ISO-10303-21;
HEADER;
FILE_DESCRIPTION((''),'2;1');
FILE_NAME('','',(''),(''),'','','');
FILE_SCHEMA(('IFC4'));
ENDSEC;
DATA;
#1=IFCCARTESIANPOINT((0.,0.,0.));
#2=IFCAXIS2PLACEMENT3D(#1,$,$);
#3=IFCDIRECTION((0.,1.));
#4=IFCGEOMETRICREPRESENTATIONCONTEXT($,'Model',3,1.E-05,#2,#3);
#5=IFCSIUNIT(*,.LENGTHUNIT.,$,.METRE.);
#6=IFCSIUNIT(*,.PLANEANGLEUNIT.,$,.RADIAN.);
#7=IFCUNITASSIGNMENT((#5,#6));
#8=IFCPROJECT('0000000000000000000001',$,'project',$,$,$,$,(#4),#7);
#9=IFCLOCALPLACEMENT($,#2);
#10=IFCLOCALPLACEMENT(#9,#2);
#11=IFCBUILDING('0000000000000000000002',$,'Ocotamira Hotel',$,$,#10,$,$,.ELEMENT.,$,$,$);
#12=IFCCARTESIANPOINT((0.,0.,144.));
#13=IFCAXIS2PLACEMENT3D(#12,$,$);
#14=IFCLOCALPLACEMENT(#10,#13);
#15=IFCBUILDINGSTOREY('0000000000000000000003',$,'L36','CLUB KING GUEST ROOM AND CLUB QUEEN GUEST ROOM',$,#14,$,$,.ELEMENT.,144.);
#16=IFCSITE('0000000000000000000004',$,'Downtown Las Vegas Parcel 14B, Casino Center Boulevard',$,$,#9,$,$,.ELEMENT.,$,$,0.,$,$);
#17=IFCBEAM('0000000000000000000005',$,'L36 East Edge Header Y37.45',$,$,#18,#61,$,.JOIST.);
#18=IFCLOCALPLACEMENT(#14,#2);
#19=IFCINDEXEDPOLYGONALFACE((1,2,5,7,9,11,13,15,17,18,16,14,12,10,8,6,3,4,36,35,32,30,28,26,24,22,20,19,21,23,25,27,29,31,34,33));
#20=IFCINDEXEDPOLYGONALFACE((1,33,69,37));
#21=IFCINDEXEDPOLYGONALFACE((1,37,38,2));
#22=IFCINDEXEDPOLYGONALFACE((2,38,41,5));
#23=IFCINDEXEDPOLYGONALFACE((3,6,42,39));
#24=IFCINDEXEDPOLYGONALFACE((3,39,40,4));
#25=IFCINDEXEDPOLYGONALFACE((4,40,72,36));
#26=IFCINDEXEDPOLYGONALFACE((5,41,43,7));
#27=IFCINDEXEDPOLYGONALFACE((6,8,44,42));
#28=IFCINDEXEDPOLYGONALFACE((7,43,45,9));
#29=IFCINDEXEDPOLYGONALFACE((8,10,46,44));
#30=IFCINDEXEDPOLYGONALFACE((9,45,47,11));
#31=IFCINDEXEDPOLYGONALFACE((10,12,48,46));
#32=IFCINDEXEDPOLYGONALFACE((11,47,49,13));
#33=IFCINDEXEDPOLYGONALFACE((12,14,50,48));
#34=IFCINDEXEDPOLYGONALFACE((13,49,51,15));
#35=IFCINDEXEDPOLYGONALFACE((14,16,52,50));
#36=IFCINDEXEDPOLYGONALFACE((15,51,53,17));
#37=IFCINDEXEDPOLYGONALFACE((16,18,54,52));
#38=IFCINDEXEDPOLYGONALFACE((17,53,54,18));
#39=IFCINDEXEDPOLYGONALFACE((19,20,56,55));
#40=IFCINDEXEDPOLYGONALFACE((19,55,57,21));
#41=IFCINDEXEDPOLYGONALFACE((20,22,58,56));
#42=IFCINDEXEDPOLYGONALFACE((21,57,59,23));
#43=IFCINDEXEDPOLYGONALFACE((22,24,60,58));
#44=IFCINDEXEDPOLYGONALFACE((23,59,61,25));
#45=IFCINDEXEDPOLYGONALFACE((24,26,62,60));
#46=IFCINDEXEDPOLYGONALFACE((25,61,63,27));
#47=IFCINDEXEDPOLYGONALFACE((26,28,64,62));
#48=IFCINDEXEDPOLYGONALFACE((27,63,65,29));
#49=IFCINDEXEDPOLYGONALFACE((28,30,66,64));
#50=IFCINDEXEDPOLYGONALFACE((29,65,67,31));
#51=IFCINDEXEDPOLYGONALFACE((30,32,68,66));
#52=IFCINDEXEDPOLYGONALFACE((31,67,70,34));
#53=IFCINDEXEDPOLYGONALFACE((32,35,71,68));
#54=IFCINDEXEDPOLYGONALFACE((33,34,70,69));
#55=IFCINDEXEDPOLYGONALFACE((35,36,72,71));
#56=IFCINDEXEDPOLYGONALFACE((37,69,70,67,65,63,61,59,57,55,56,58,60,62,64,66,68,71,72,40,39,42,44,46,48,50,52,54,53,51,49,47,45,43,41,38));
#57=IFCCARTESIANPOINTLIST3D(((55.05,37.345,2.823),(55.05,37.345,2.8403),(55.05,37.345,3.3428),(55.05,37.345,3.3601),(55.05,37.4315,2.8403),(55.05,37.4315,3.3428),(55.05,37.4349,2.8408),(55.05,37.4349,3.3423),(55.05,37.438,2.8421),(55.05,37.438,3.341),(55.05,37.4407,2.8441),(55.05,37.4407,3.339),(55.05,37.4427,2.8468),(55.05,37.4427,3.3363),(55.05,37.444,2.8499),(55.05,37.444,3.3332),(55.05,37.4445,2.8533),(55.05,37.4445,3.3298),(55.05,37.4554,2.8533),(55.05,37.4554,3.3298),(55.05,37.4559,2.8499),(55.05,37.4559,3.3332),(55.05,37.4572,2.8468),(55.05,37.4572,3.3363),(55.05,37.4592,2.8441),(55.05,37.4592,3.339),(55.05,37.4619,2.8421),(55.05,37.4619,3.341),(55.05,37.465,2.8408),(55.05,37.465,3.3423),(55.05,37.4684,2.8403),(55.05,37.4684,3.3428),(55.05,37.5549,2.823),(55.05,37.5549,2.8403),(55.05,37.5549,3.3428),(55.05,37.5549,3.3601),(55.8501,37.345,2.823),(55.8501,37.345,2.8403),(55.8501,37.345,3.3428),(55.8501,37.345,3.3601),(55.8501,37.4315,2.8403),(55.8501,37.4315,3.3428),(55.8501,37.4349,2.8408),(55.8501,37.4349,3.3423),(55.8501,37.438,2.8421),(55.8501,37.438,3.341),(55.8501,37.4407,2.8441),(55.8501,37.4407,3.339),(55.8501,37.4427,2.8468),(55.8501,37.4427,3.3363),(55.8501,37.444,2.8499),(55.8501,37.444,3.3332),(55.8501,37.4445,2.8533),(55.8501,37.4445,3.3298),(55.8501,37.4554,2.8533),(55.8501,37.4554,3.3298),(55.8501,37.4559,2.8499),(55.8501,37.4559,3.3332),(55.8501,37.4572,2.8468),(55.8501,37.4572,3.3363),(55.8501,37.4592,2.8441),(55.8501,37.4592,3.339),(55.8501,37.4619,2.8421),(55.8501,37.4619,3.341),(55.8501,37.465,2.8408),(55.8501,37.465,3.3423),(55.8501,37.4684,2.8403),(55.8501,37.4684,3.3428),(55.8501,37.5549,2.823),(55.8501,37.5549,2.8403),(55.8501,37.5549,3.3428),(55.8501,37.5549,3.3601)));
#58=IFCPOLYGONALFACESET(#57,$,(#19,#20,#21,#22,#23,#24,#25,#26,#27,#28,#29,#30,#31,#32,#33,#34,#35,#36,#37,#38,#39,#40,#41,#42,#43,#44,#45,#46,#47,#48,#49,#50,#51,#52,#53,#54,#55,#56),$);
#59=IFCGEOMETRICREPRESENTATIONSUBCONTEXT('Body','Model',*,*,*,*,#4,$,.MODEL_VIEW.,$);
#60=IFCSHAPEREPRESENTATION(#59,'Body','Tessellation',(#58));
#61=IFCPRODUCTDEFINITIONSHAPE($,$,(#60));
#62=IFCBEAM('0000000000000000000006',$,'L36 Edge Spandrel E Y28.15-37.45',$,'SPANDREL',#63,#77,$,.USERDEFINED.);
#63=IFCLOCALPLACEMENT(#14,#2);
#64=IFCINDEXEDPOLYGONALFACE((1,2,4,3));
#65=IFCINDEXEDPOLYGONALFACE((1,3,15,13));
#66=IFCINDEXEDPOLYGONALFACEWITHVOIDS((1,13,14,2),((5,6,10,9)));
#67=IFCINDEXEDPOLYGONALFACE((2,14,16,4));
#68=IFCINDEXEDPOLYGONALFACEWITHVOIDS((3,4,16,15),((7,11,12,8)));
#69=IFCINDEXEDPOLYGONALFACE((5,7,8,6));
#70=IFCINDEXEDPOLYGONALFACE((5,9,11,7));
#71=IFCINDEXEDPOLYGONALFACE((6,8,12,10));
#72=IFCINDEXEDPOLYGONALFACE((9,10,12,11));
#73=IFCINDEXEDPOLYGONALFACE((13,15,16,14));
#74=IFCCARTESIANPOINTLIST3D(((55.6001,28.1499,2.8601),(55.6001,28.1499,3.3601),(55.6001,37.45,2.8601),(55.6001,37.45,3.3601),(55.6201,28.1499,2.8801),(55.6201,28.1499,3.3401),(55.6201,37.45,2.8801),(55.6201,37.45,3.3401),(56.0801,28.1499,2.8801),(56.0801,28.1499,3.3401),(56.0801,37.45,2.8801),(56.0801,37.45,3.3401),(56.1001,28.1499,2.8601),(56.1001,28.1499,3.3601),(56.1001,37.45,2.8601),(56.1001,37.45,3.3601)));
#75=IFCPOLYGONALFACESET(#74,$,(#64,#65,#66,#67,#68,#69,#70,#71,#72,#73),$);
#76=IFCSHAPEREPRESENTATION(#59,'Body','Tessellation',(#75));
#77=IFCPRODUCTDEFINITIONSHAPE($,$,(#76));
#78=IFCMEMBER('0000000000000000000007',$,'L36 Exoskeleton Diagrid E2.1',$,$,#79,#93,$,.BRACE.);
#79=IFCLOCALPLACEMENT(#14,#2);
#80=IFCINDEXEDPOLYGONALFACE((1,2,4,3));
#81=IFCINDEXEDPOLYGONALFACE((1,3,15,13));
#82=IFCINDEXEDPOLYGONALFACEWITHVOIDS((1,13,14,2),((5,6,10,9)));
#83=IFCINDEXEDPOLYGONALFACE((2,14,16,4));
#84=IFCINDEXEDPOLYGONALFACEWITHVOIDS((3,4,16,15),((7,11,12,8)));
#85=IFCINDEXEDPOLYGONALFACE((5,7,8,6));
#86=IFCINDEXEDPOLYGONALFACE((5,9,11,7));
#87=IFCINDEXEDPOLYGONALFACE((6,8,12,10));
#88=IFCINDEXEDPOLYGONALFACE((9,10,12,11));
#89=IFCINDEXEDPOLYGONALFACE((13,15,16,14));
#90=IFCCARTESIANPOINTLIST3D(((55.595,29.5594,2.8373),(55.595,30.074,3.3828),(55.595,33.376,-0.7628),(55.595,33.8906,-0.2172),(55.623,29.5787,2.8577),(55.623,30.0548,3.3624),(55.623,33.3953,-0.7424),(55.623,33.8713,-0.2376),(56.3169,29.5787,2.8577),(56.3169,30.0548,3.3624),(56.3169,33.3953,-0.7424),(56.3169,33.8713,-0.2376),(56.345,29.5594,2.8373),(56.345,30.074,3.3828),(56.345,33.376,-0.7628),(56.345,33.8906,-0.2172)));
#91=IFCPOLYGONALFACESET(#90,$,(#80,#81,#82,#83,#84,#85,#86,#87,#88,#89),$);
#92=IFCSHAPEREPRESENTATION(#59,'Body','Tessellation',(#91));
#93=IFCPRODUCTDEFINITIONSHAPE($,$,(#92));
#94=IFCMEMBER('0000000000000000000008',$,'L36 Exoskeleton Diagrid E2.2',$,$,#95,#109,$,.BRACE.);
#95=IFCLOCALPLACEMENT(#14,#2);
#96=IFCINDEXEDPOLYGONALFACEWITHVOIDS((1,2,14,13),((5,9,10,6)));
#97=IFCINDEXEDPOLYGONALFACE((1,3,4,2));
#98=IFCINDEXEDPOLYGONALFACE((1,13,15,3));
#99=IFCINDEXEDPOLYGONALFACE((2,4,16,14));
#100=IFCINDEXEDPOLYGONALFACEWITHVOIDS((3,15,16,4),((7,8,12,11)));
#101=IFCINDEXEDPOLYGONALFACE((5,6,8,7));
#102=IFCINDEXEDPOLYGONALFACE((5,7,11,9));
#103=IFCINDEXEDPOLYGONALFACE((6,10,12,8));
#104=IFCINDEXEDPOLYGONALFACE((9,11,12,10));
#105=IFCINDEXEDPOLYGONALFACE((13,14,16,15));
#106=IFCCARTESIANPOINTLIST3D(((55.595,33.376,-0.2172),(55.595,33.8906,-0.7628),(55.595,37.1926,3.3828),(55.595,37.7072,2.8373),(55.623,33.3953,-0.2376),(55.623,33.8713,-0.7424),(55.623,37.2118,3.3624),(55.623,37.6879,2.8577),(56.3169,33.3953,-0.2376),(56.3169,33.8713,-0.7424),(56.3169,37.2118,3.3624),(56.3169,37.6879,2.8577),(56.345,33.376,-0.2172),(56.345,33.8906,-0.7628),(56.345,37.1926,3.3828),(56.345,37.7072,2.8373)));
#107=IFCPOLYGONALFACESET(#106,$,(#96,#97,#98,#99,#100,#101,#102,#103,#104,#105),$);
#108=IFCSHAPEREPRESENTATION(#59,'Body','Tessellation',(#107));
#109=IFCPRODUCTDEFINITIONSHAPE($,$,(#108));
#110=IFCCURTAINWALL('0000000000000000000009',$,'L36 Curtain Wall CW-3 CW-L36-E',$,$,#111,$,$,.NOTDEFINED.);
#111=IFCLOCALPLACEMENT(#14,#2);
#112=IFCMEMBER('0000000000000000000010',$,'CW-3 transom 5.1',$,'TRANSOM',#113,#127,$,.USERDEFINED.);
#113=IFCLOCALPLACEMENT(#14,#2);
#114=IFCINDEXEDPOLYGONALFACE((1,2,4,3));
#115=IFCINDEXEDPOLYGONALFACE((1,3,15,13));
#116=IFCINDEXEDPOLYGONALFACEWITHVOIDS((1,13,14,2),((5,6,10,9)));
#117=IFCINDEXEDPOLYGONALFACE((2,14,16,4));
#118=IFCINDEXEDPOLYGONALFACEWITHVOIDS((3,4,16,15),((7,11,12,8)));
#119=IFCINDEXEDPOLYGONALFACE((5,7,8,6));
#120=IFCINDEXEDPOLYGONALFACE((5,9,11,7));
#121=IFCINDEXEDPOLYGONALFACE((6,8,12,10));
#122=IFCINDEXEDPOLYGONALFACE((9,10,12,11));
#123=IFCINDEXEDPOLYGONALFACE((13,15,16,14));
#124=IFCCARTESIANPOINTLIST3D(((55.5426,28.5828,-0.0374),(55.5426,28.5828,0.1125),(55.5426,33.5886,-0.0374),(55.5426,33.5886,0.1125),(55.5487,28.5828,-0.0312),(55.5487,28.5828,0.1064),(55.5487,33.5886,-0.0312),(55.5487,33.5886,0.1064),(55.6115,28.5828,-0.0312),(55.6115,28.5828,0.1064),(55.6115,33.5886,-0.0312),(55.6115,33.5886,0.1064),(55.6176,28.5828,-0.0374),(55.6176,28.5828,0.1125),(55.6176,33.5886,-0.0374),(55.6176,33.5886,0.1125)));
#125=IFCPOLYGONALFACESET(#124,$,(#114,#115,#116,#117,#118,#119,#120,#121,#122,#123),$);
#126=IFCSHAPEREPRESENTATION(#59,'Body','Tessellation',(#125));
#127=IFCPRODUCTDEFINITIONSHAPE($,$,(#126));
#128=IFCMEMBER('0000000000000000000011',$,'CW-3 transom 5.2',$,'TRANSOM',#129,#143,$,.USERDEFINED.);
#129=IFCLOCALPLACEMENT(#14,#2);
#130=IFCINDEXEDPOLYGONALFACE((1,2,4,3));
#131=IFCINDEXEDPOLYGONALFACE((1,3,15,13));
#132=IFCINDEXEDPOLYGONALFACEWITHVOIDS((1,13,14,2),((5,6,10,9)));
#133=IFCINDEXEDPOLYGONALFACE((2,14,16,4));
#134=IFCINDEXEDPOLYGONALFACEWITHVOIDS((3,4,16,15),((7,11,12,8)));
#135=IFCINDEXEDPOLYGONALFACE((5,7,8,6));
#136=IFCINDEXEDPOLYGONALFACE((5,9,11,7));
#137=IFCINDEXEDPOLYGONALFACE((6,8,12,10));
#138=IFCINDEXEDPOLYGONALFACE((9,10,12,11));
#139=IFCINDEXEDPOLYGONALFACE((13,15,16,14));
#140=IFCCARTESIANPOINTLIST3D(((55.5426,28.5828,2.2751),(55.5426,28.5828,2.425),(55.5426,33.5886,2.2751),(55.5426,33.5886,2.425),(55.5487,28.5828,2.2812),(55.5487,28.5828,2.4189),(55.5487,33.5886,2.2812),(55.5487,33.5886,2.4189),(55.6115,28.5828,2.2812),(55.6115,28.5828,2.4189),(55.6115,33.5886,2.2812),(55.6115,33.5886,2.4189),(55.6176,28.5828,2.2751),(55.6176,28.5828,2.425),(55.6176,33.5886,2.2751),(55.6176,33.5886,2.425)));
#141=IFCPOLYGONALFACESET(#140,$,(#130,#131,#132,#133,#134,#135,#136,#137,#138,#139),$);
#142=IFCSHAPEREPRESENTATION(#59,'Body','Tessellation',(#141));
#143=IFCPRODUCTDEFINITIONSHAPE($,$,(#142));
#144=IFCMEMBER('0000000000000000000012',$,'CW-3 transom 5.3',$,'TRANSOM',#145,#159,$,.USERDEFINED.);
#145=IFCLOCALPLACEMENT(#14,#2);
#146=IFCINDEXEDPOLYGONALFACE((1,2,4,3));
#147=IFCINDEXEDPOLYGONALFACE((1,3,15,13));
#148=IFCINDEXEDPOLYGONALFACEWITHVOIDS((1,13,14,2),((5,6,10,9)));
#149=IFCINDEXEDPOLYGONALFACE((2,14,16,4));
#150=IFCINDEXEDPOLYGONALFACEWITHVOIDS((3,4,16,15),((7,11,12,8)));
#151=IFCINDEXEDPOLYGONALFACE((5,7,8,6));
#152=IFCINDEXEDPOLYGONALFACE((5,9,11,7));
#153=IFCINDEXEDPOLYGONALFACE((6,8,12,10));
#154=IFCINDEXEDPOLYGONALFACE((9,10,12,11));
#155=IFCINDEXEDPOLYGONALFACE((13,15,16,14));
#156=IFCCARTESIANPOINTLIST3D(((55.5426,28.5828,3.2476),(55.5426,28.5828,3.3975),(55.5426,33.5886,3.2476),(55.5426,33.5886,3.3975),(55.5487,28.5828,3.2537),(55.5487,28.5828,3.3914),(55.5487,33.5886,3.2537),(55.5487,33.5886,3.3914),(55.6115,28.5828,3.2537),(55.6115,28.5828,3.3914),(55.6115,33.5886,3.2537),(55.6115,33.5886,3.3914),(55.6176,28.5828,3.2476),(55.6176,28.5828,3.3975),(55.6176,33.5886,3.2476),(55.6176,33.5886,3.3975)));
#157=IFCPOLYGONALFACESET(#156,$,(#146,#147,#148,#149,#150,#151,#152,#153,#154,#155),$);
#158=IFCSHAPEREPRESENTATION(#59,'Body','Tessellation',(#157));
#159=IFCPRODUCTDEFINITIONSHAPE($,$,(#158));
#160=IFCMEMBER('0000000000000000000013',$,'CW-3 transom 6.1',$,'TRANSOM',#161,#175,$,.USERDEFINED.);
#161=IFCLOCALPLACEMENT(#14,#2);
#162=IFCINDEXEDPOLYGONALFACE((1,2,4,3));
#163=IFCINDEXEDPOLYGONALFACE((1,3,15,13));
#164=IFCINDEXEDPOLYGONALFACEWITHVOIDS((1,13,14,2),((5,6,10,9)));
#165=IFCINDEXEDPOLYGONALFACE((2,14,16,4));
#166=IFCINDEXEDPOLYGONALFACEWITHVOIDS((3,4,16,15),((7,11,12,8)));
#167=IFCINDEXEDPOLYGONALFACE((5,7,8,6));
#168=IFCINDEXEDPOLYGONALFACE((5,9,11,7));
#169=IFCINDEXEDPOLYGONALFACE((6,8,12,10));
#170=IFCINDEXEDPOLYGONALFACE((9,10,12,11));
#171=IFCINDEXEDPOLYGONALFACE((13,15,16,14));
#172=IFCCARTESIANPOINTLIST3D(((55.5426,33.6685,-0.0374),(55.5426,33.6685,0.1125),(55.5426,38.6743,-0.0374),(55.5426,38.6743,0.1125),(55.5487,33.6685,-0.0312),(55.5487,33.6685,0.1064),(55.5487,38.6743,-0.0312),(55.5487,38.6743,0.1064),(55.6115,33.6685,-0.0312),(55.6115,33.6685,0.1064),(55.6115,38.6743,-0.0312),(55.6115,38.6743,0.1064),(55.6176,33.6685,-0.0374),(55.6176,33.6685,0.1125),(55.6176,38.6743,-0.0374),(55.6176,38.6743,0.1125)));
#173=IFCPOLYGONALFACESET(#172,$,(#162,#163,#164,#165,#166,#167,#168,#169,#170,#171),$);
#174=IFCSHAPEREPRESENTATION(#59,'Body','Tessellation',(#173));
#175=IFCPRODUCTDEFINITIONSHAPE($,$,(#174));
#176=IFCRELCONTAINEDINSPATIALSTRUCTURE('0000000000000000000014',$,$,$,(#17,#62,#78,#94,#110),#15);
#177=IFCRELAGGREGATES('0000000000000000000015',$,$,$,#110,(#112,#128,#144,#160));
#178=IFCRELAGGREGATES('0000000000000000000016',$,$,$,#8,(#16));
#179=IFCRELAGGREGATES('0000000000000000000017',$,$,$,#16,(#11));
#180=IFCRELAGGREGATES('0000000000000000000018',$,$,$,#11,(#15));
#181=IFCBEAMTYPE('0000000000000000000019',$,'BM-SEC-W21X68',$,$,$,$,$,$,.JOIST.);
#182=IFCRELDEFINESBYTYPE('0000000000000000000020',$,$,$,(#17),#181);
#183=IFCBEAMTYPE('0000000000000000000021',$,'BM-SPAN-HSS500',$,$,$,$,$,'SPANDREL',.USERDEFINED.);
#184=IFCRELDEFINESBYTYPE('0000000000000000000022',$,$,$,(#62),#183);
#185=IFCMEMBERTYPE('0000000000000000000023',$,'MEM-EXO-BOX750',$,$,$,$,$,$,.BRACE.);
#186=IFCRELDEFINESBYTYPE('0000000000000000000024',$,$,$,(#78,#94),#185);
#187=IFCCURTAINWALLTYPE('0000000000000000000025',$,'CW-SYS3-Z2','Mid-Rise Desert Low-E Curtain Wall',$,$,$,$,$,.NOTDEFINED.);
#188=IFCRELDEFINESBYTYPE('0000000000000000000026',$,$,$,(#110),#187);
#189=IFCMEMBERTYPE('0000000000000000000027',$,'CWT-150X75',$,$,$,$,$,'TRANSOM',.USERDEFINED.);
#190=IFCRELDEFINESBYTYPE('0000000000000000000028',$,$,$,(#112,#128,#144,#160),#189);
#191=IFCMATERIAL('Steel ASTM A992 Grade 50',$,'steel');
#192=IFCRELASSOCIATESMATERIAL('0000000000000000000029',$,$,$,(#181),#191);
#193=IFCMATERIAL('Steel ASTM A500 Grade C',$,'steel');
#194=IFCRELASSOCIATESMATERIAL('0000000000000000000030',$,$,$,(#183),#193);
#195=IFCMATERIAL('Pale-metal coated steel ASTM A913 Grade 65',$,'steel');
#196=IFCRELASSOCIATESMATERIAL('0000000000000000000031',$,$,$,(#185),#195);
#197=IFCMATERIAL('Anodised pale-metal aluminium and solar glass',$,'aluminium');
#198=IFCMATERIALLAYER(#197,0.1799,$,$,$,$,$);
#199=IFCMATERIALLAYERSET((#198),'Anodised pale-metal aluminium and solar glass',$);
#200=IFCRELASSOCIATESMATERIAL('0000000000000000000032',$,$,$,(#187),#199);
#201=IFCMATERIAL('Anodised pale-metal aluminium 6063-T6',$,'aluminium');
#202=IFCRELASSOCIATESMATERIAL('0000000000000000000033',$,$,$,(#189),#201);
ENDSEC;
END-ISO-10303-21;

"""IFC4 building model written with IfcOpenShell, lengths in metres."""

from ifc_helpers import new_model, si_unit, direction, frame, origin, origin_2d, place, context, subcontext, project, spatial, hollow_rectangle, i_section, extrude, source, transform, mapped, material, layer, layer_set, material_profile, profile_set, type_object, element, aggregate, save


model = new_model("IFC4")

# Units and contexts
model_context = context("Model", 3, precision=1e-05, world=origin(), true_north=direction((0.0, 1.0)))
body_context = subcontext(model_context, "Body", "Model", "MODEL_VIEW")
ifc_project = project(units=[si_unit("LENGTHUNIT", "METRE"), si_unit("PLANEANGLEUNIT", "RADIAN")], contexts=[model_context])

# Site, building, storey
site_placement = place(None, origin())
site = spatial("IfcSite", under=ifc_project, at=site_placement, Name="Downtown Las Vegas Parcel 14B, Casino Center Boulevard", CompositionType="ELEMENT", RefElevation=0.0)
building_placement = place(site_placement, origin())
building = spatial("IfcBuilding", under=site, at=building_placement, Name="Ocotamira Hotel", CompositionType="ELEMENT")
storey_placement = place(building_placement, frame((0.0, 0.0, 144.0)))
storey = spatial("IfcBuildingStorey", under=building, at=storey_placement, Name="L36", Description="CLUB KING GUEST ROOM AND CLUB QUEEN GUEST ROOM", CompositionType="ELEMENT", Elevation=144.0)

# Beams
ifc_material_1 = material(Name="Steel ASTM A500 Grade C", Category="steel")
ifc_material_2 = material(Name="Steel ASTM A992 Grade 50", Category="steel")
ifc_material_profile_1 = material_profile(ifc_material_2, i_section(OverallWidth=0.21, OverallDepth=0.5371, WebThickness=0.011, FlangeThickness=0.0173, FilletRadius=0.0129, at=origin_2d()), Name="W21X68")
ifc_profile_set_1 = profile_set([ifc_material_profile_1], Name="Steel ASTM A992 Grade 50")
beam_type_1 = type_object("IfcBeamType", Name="BM-SEC-W21X68", PredefinedType="JOIST", material=ifc_profile_set_1)
shared_shape_1 = source(origin(), body_context, "Body", "SweptSolid", [
    extrude(i_section(OverallWidth=0.21, OverallDepth=0.5371, WebThickness=0.011, FlangeThickness=0.0173, FilletRadius=0.0129, at=origin_2d()), origin(), (0.0, 0.0, 1.0), 0.8),
])
for number, where, z_axis, x_axis, name in (
    (1, (55.05, 37.45, 3.0916), (1.0, 0.0, 0.0), (0.0, 1.0, 0.0), "L36 East Edge Header Y37.45"),
):
    element("IfcBeam", number, at=place(storey_placement, frame(where, z_axis=z_axis, x_axis=x_axis)), inside=storey, type_object=beam_type_1, Name=name, PredefinedType="JOIST", context=body_context, shape_type="MappedRepresentation", body=[
        mapped(shared_shape_1, transform((0.0, 0.0, 0.0), scale=1.0)),
    ])
ifc_material_profile_2 = material_profile(ifc_material_1, hollow_rectangle(XDim=0.5, YDim=0.5, WallThickness=0.02, at=origin_2d()), Name="HSS500X500X20")
ifc_profile_set_2 = profile_set([ifc_material_profile_2], Name="Steel ASTM A500 Grade C")
beam_type_2 = type_object("IfcBeamType", Name="BM-SPAN-HSS500", ElementType="SPANDREL", PredefinedType="USERDEFINED", material=ifc_profile_set_2)
shared_shape_2 = source(origin(), body_context, "Body", "SweptSolid", [
    extrude(hollow_rectangle(XDim=0.5, YDim=0.5, WallThickness=0.02, at=origin_2d()), origin(), (0.0, 0.0, 1.0), 9.3),
])
beam_1_placement = place(storey_placement, frame((55.8501, 28.1499, 3.1101), z_axis=(0.0, 1.0, 0.0), x_axis=(-1.0, 0.0, 0.0)))
element("IfcBeam", 2, at=beam_1_placement, inside=storey, type_object=beam_type_2, Name="L36 Edge Spandrel E Y28.15-37.45", ObjectType="SPANDREL", PredefinedType="USERDEFINED", context=body_context, shape_type="MappedRepresentation", body=[
    mapped(shared_shape_2, transform((0.0, 0.0, 0.0), scale=1.0)),
])

# Members
ifc_material_3 = material(Name="Pale-metal coated steel ASTM A913 Grade 65", Category="steel")
ifc_material_profile_3 = material_profile(ifc_material_3, hollow_rectangle(XDim=0.75, YDim=0.75, WallThickness=0.0281, at=origin_2d()), Name="BOX750X750X28")
ifc_profile_set_3 = profile_set([ifc_material_profile_3], Name="Pale-metal coated steel ASTM A913 Grade 65")
member_type_1 = type_object("IfcMemberType", Name="MEM-EXO-BOX750", PredefinedType="BRACE", material=ifc_profile_set_3)
shared_shape_3 = source(origin(), body_context, "Body", "SweptSolid", [
    extrude(hollow_rectangle(XDim=0.75, YDim=0.75, WallThickness=0.0281, at=origin_2d()), origin(), (0.0, 0.0, 1.0), 5.2466),
])
for number, where, z_axis, x_axis, name in (
    (3, (55.97, 33.6333, -0.49), (0.0, -0.727443, 0.686168), (1.0, 0.0, 0.0), "L36 Exoskeleton Diagrid E2.1"),
    (4, (55.97, 33.6333, -0.49), (0.0, 0.727443, 0.686168), (-1.0, 0.0, 0.0), "L36 Exoskeleton Diagrid E2.2"),
):
    element("IfcMember", number, at=place(storey_placement, frame(where, z_axis=z_axis, x_axis=x_axis)), inside=storey, type_object=member_type_1, Name=name, PredefinedType="BRACE", context=body_context, shape_type="MappedRepresentation", body=[
        mapped(shared_shape_3, transform((0.0, 0.0, 0.0), scale=1.0)),
    ])

# Curtain wall, members
ifc_material_4 = material(Name="Anodised pale-metal aluminium and solar glass", Category="aluminium")
ifc_layer_1 = layer(ifc_material_4, 0.1799)
ifc_layer_set_1 = layer_set([ifc_layer_1], Name="Anodised pale-metal aluminium and solar glass")
curtain_wall_type = type_object("IfcCurtainWallType", Name="CW-SYS3-Z2", Description="Mid-Rise Desert Low-E Curtain Wall", PredefinedType="NOTDEFINED", material=ifc_layer_set_1)
curtain_wall_placement = place(storey_placement, origin())
curtain_wall = element("IfcCurtainWall", 5, at=curtain_wall_placement, inside=storey, type_object=curtain_wall_type, Name="L36 Curtain Wall CW-3 CW-L36-E", PredefinedType="NOTDEFINED")
ifc_material_5 = material(Name="Anodised pale-metal aluminium 6063-T6", Category="aluminium")
ifc_material_profile_4 = material_profile(ifc_material_5, hollow_rectangle(XDim=0.075, YDim=0.1499, WallThickness=0.0061, at=origin_2d()), Name="HSS150X75X6")
ifc_profile_set_4 = profile_set([ifc_material_profile_4], Name="Anodised pale-metal aluminium 6063-T6")
member_type_2 = type_object("IfcMemberType", Name="CWT-150X75", ElementType="TRANSOM", PredefinedType="USERDEFINED", material=ifc_profile_set_4)
shared_shape_4 = source(origin(), body_context, "Body", "SweptSolid", [
    extrude(hollow_rectangle(XDim=0.075, YDim=0.1499, WallThickness=0.0061, at=origin_2d()), origin(), (0.0, 0.0, 1.0), 5.0059),
])
member_1_placement = place(storey_placement, frame((55.5801, 28.5828, 0.0376), z_axis=(0.0, 1.0, 0.0), x_axis=(-1.0, 0.0, 0.0)))
member_1 = element("IfcMember", 6, at=member_1_placement, type_object=member_type_2, Name="CW-3 transom 5.1", ObjectType="TRANSOM", PredefinedType="USERDEFINED", context=body_context, shape_type="MappedRepresentation", body=[
    mapped(shared_shape_4, transform((0.0, 0.0, 0.0), scale=1.0)),
])
member_2_placement = place(storey_placement, frame((55.5801, 28.5828, 2.3501), z_axis=(0.0, 1.0, 0.0), x_axis=(-1.0, 0.0, 0.0)))
member_2 = element("IfcMember", 7, at=member_2_placement, type_object=member_type_2, Name="CW-3 transom 5.2", ObjectType="TRANSOM", PredefinedType="USERDEFINED", context=body_context, shape_type="MappedRepresentation", body=[
    mapped(shared_shape_4, transform((0.0, 0.0, 0.0), scale=1.0)),
])
member_3_placement = place(storey_placement, frame((55.5801, 28.5828, 3.3225), z_axis=(0.0, 1.0, 0.0), x_axis=(-1.0, 0.0, 0.0)))
member_3 = element("IfcMember", 8, at=member_3_placement, type_object=member_type_2, Name="CW-3 transom 5.3", ObjectType="TRANSOM", PredefinedType="USERDEFINED", context=body_context, shape_type="MappedRepresentation", body=[
    mapped(shared_shape_4, transform((0.0, 0.0, 0.0), scale=1.0)),
])
member_4_placement = place(storey_placement, frame((55.5801, 33.6685, 0.0376), z_axis=(0.0, 1.0, 0.0), x_axis=(-1.0, 0.0, 0.0)))
member_4 = element("IfcMember", 9, at=member_4_placement, type_object=member_type_2, Name="CW-3 transom 6.1", ObjectType="TRANSOM", PredefinedType="USERDEFINED", context=body_context, shape_type="MappedRepresentation", body=[
    mapped(shared_shape_4, transform((0.0, 0.0, 0.0), scale=1.0)),
])

aggregate(curtain_wall, [member_1, member_2, member_3, member_4])

save(model, "model.ifc")
